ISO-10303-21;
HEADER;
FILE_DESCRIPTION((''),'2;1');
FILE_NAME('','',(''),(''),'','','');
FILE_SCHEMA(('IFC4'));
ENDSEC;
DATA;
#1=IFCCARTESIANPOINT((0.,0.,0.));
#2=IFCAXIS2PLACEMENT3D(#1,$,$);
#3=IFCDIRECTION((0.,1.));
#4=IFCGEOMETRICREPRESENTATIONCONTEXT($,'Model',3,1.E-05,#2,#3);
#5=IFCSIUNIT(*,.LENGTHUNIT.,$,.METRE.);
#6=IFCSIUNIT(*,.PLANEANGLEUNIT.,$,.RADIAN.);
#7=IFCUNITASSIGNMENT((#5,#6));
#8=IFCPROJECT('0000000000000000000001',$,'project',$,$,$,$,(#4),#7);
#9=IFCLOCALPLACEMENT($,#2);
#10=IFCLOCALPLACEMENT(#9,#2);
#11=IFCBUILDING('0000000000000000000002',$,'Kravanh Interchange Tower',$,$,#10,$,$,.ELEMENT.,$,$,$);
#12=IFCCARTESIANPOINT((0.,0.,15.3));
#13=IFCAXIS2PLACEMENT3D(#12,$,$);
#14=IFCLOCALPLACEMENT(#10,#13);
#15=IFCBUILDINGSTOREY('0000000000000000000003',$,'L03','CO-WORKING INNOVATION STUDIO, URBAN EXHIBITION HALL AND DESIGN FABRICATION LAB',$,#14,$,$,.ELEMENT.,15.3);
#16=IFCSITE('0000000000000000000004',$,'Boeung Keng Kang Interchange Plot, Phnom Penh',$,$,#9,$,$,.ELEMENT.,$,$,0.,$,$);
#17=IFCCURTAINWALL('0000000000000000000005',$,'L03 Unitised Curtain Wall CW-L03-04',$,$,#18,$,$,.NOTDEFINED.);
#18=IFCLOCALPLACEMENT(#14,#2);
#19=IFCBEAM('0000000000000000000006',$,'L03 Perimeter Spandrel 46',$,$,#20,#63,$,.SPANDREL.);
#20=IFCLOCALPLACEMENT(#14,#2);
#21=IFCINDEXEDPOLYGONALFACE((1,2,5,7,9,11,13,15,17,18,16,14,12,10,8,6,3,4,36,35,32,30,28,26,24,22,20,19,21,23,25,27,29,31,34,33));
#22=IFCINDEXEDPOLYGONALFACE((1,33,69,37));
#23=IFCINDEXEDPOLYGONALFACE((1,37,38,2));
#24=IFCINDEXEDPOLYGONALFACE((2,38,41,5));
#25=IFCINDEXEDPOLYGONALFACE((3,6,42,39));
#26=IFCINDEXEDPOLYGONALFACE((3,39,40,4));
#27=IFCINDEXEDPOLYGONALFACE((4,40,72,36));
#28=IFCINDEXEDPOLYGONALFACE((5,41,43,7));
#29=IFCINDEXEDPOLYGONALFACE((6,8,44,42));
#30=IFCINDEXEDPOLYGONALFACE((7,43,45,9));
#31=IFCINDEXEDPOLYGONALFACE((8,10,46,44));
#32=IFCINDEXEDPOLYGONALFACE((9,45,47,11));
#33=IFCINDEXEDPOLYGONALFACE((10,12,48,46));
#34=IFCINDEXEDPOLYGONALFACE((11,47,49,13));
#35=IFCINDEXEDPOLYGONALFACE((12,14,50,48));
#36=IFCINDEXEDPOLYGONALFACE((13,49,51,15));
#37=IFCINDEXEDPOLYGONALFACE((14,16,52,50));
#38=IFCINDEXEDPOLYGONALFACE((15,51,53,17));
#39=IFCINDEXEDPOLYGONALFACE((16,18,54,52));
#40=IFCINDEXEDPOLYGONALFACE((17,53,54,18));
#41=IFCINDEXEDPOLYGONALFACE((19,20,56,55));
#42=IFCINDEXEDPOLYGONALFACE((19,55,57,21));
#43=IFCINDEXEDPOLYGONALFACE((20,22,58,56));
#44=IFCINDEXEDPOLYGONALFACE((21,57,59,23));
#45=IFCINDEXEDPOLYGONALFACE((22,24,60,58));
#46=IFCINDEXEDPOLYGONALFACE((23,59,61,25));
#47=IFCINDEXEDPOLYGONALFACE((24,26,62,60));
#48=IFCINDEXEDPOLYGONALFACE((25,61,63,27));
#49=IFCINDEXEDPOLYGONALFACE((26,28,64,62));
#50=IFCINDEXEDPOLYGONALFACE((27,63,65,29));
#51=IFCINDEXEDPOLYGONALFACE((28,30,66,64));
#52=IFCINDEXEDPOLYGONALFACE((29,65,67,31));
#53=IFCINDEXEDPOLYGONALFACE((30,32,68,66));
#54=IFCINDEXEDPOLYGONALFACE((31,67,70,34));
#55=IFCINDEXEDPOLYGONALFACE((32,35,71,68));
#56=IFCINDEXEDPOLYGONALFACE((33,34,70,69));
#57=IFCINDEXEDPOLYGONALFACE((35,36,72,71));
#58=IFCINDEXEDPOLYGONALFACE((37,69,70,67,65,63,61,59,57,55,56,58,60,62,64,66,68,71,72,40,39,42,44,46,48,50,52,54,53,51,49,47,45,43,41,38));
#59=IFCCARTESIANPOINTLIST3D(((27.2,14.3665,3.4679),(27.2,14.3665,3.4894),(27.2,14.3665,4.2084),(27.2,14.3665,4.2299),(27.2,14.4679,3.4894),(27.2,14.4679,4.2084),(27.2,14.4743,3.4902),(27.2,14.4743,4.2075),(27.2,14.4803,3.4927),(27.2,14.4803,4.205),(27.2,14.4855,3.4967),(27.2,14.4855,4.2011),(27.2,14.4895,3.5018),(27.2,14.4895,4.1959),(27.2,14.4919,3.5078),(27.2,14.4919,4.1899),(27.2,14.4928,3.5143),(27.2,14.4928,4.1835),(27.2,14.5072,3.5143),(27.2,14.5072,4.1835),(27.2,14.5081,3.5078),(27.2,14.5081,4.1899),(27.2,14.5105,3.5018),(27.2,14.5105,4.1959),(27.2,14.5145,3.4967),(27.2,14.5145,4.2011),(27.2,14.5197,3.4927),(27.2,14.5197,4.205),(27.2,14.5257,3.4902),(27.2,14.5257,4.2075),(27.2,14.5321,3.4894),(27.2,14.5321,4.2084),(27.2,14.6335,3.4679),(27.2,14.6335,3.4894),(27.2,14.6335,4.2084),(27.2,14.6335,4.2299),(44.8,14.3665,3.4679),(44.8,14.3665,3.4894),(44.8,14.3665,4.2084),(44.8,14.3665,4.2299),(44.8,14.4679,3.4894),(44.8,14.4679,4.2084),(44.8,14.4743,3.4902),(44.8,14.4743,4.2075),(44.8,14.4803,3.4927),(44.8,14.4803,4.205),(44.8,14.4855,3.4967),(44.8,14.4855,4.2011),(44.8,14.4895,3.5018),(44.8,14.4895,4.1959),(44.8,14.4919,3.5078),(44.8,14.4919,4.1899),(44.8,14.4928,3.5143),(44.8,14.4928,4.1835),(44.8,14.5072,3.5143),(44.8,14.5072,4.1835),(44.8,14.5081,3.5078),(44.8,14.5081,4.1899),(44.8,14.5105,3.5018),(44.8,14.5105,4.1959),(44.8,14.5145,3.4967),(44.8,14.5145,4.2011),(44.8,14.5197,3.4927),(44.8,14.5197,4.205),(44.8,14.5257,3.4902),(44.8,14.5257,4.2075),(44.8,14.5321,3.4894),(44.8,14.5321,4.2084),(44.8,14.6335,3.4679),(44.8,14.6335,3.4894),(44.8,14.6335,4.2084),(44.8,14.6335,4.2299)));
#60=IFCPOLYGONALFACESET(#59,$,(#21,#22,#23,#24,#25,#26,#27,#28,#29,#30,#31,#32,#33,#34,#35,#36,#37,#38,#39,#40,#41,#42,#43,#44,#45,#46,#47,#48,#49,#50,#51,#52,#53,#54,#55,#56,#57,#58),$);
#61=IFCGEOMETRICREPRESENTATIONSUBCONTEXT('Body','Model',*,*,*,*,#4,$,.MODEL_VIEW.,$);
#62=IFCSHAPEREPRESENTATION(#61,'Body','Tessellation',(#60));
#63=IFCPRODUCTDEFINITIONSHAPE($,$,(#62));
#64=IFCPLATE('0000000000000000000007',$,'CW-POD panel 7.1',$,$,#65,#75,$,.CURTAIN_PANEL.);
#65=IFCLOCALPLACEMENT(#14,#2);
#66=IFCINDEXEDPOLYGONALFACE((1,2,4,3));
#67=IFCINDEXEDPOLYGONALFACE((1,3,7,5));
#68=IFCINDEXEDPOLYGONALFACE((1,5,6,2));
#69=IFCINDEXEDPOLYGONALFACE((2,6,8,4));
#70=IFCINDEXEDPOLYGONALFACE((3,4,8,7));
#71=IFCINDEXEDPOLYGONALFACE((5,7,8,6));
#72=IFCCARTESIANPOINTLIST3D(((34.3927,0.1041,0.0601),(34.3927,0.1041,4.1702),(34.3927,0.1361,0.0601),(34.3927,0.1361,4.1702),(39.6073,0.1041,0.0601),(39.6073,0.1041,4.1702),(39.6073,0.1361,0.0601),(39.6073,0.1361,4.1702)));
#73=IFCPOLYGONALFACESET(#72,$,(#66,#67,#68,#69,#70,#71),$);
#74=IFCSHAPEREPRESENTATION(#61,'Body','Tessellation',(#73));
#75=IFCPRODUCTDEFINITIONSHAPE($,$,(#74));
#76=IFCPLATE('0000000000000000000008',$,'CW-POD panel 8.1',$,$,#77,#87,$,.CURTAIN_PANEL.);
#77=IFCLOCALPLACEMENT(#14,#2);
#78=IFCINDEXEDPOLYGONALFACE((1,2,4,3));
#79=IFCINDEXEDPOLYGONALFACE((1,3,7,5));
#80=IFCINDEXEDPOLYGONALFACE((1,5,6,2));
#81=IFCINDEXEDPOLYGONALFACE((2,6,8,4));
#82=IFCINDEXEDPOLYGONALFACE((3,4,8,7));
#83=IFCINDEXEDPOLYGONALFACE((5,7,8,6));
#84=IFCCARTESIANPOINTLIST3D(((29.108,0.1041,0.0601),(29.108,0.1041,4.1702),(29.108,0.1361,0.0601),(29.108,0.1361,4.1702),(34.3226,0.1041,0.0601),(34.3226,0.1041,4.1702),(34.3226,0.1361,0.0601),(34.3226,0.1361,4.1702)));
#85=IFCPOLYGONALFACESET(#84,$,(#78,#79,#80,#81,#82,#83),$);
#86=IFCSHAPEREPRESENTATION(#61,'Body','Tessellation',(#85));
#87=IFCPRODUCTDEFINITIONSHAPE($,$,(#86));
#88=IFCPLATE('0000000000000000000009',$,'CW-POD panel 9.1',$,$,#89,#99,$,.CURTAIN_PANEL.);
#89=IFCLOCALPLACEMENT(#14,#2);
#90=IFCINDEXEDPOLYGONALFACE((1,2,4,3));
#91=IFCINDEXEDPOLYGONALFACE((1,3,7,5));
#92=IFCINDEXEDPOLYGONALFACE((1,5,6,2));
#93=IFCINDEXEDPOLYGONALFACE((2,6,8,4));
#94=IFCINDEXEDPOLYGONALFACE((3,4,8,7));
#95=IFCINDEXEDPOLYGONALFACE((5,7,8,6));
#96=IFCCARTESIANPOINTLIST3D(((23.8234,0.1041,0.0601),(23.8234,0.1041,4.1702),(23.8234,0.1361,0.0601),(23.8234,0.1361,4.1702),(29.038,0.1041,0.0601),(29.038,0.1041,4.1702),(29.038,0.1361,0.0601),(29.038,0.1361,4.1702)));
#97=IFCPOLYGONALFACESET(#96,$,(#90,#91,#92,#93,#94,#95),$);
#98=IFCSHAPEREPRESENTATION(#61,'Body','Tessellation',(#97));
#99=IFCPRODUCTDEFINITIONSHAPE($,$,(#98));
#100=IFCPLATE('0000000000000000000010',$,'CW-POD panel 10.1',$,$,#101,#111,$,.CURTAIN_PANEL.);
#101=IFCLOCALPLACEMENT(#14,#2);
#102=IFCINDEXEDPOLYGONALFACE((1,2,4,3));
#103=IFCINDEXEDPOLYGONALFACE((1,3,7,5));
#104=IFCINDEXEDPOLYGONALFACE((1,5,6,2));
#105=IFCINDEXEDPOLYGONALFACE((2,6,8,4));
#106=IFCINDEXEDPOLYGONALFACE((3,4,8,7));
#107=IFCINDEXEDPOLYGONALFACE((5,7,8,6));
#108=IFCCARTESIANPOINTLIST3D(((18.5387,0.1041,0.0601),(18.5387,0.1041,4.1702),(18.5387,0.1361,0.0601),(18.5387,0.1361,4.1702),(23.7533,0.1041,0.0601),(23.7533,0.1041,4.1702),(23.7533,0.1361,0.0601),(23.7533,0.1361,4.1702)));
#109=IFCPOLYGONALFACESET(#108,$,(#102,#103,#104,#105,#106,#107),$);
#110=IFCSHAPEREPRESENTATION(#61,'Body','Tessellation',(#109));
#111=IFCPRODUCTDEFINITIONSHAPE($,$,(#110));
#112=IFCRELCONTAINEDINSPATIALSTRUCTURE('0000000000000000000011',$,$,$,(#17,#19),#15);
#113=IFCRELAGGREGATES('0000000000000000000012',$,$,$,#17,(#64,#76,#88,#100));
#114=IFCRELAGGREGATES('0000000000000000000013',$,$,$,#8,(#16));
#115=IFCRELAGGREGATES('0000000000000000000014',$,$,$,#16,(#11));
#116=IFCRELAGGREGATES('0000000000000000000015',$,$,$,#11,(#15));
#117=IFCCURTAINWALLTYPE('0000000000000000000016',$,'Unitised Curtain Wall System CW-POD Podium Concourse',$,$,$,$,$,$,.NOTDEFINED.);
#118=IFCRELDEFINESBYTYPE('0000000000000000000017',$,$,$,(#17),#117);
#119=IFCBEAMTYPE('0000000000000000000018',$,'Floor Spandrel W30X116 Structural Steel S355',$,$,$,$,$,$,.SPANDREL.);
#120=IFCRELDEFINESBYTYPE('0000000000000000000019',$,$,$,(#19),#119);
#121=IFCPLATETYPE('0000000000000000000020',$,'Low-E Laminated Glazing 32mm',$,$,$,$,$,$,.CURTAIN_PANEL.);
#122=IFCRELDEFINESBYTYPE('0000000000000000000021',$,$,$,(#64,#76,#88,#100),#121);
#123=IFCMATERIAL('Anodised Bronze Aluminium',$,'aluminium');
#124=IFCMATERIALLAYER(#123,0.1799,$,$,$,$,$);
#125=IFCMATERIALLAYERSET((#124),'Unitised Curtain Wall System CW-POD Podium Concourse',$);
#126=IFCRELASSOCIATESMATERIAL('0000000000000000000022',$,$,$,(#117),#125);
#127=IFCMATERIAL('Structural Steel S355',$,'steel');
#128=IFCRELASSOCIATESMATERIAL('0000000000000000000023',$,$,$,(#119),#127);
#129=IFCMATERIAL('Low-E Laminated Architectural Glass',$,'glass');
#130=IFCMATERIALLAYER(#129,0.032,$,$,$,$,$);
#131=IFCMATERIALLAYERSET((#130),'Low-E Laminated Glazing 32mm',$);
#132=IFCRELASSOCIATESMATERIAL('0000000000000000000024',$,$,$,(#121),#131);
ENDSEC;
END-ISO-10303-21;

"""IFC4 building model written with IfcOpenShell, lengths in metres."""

from ifc_helpers import new_model, si_unit, direction, frame, origin, origin_2d, place, context, subcontext, project, spatial, rectangle, i_section, extrude, material, layer, layer_set, material_profile, profile_set, type_object, element, aggregate, save


model = new_model("IFC4")

# Units and contexts
model_context = context("Model", 3, precision=1e-05, world=origin(), true_north=direction((0.0, 1.0)))
body_context = subcontext(model_context, "Body", "Model", "MODEL_VIEW")
ifc_project = project(units=[si_unit("LENGTHUNIT", "METRE"), si_unit("PLANEANGLEUNIT", "RADIAN")], contexts=[model_context])

# Site, building, storey
site_placement = place(None, origin())
site = spatial("IfcSite", under=ifc_project, at=site_placement, Name="Boeung Keng Kang Interchange Plot, Phnom Penh", CompositionType="ELEMENT", RefElevation=0.0)
building_placement = place(site_placement, origin())
building = spatial("IfcBuilding", under=site, at=building_placement, Name="Kravanh Interchange Tower", CompositionType="ELEMENT")
storey_placement = place(building_placement, frame((0.0, 0.0, 15.3)))
storey = spatial("IfcBuildingStorey", under=building, at=storey_placement, Name="L03", Description="CO-WORKING INNOVATION STUDIO, URBAN EXHIBITION HALL AND DESIGN FABRICATION LAB", CompositionType="ELEMENT", Elevation=15.3)

# Curtain wall
ifc_material_1 = material(Name="Anodised Bronze Aluminium", Category="aluminium")
ifc_layer_1 = layer(ifc_material_1, 0.1799)
ifc_layer_set_1 = layer_set([ifc_layer_1], Name="Unitised Curtain Wall System CW-POD Podium Concourse")
curtain_wall_type = type_object("IfcCurtainWallType", Name="Unitised Curtain Wall System CW-POD Podium Concourse", PredefinedType="NOTDEFINED", material=ifc_layer_set_1)
curtain_wall_placement = place(storey_placement, origin())
curtain_wall = element("IfcCurtainWall", 1, at=curtain_wall_placement, inside=storey, type_object=curtain_wall_type, Name="L03 Unitised Curtain Wall CW-L03-04", PredefinedType="NOTDEFINED")

# Beam
ifc_material_2 = material(Name="Structural Steel S355", Category="steel")
ifc_material_profile_1 = material_profile(ifc_material_2, i_section(OverallWidth=0.2671, OverallDepth=0.762, WebThickness=0.0144, FlangeThickness=0.0215, FilletRadius=0.0249, at=origin_2d()), Name="W30X116")
ifc_profile_set_1 = profile_set([ifc_material_profile_1], Name="Structural Steel S355")
beam_type_1 = type_object("IfcBeamType", Name="Floor Spandrel W30X116 Structural Steel S355", PredefinedType="SPANDREL", material=ifc_profile_set_1)
beam_1_placement = place(storey_placement, frame((27.2, 14.5, 3.8489), z_axis=(1.0, 0.0, 0.0), x_axis=(0.0, 1.0, 0.0)))
element("IfcBeam", 2, at=beam_1_placement, inside=storey, type_object=beam_type_1, Name="L03 Perimeter Spandrel 46", PredefinedType="SPANDREL", context=body_context, shape_type="SweptSolid", body=[
    extrude(i_section(OverallWidth=0.2671, OverallDepth=0.762, WebThickness=0.0144, FlangeThickness=0.0215, FilletRadius=0.0249, at=origin_2d()), origin(), (0.0, 0.0, 1.0), 17.6001),
])

# Plates
ifc_material_3 = material(Name="Low-E Laminated Architectural Glass", Category="glass")
ifc_layer_2 = layer(ifc_material_3, 0.032)
ifc_layer_set_2 = layer_set([ifc_layer_2], Name="Low-E Laminated Glazing 32mm")
plate_type = type_object("IfcPlateType", Name="Low-E Laminated Glazing 32mm", PredefinedType="CURTAIN_PANEL", material=ifc_layer_set_2)
plate_1_placement = place(storey_placement, frame((37.0, 0.1201, 0.0601), z_axis=(0.0, 0.0, 1.0), x_axis=(-1.0, 0.0, 0.0)))
plate_1 = element("IfcPlate", 3, at=plate_1_placement, type_object=plate_type, Name="CW-POD panel 7.1", PredefinedType="CURTAIN_PANEL", context=body_context, shape_type="SweptSolid", body=[
    extrude(rectangle(XDim=5.2146, YDim=0.032, at=origin_2d()), origin(), (0.0, 0.0, 1.0), 4.1101),
])
plate_2_placement = place(storey_placement, frame((31.7153, 0.1201, 0.0601), z_axis=(0.0, 0.0, 1.0), x_axis=(-1.0, 0.0, 0.0)))
plate_2 = element("IfcPlate", 4, at=plate_2_placement, type_object=plate_type, Name="CW-POD panel 8.1", PredefinedType="CURTAIN_PANEL", context=body_context, shape_type="SweptSolid", body=[
    extrude(rectangle(XDim=5.2146, YDim=0.032, at=origin_2d()), origin(), (0.0, 0.0, 1.0), 4.1101),
])
plate_3_placement = place(storey_placement, frame((26.4307, 0.1201, 0.0601), z_axis=(0.0, 0.0, 1.0), x_axis=(-1.0, 0.0, 0.0)))
plate_3 = element("IfcPlate", 5, at=plate_3_placement, type_object=plate_type, Name="CW-POD panel 9.1", PredefinedType="CURTAIN_PANEL", context=body_context, shape_type="SweptSolid", body=[
    extrude(rectangle(XDim=5.2146, YDim=0.032, at=origin_2d()), origin(), (0.0, 0.0, 1.0), 4.1101),
])
plate_4_placement = place(storey_placement, frame((21.146, 0.1201, 0.0601), z_axis=(0.0, 0.0, 1.0), x_axis=(-1.0, 0.0, 0.0)))
plate_4 = element("IfcPlate", 6, at=plate_4_placement, type_object=plate_type, Name="CW-POD panel 10.1", PredefinedType="CURTAIN_PANEL", context=body_context, shape_type="SweptSolid", body=[
    extrude(rectangle(XDim=5.2146, YDim=0.032, at=origin_2d()), origin(), (0.0, 0.0, 1.0), 4.1101),
])
aggregate(curtain_wall, [plate_1, plate_2, plate_3, plate_4])

save(model, "model.ifc")
